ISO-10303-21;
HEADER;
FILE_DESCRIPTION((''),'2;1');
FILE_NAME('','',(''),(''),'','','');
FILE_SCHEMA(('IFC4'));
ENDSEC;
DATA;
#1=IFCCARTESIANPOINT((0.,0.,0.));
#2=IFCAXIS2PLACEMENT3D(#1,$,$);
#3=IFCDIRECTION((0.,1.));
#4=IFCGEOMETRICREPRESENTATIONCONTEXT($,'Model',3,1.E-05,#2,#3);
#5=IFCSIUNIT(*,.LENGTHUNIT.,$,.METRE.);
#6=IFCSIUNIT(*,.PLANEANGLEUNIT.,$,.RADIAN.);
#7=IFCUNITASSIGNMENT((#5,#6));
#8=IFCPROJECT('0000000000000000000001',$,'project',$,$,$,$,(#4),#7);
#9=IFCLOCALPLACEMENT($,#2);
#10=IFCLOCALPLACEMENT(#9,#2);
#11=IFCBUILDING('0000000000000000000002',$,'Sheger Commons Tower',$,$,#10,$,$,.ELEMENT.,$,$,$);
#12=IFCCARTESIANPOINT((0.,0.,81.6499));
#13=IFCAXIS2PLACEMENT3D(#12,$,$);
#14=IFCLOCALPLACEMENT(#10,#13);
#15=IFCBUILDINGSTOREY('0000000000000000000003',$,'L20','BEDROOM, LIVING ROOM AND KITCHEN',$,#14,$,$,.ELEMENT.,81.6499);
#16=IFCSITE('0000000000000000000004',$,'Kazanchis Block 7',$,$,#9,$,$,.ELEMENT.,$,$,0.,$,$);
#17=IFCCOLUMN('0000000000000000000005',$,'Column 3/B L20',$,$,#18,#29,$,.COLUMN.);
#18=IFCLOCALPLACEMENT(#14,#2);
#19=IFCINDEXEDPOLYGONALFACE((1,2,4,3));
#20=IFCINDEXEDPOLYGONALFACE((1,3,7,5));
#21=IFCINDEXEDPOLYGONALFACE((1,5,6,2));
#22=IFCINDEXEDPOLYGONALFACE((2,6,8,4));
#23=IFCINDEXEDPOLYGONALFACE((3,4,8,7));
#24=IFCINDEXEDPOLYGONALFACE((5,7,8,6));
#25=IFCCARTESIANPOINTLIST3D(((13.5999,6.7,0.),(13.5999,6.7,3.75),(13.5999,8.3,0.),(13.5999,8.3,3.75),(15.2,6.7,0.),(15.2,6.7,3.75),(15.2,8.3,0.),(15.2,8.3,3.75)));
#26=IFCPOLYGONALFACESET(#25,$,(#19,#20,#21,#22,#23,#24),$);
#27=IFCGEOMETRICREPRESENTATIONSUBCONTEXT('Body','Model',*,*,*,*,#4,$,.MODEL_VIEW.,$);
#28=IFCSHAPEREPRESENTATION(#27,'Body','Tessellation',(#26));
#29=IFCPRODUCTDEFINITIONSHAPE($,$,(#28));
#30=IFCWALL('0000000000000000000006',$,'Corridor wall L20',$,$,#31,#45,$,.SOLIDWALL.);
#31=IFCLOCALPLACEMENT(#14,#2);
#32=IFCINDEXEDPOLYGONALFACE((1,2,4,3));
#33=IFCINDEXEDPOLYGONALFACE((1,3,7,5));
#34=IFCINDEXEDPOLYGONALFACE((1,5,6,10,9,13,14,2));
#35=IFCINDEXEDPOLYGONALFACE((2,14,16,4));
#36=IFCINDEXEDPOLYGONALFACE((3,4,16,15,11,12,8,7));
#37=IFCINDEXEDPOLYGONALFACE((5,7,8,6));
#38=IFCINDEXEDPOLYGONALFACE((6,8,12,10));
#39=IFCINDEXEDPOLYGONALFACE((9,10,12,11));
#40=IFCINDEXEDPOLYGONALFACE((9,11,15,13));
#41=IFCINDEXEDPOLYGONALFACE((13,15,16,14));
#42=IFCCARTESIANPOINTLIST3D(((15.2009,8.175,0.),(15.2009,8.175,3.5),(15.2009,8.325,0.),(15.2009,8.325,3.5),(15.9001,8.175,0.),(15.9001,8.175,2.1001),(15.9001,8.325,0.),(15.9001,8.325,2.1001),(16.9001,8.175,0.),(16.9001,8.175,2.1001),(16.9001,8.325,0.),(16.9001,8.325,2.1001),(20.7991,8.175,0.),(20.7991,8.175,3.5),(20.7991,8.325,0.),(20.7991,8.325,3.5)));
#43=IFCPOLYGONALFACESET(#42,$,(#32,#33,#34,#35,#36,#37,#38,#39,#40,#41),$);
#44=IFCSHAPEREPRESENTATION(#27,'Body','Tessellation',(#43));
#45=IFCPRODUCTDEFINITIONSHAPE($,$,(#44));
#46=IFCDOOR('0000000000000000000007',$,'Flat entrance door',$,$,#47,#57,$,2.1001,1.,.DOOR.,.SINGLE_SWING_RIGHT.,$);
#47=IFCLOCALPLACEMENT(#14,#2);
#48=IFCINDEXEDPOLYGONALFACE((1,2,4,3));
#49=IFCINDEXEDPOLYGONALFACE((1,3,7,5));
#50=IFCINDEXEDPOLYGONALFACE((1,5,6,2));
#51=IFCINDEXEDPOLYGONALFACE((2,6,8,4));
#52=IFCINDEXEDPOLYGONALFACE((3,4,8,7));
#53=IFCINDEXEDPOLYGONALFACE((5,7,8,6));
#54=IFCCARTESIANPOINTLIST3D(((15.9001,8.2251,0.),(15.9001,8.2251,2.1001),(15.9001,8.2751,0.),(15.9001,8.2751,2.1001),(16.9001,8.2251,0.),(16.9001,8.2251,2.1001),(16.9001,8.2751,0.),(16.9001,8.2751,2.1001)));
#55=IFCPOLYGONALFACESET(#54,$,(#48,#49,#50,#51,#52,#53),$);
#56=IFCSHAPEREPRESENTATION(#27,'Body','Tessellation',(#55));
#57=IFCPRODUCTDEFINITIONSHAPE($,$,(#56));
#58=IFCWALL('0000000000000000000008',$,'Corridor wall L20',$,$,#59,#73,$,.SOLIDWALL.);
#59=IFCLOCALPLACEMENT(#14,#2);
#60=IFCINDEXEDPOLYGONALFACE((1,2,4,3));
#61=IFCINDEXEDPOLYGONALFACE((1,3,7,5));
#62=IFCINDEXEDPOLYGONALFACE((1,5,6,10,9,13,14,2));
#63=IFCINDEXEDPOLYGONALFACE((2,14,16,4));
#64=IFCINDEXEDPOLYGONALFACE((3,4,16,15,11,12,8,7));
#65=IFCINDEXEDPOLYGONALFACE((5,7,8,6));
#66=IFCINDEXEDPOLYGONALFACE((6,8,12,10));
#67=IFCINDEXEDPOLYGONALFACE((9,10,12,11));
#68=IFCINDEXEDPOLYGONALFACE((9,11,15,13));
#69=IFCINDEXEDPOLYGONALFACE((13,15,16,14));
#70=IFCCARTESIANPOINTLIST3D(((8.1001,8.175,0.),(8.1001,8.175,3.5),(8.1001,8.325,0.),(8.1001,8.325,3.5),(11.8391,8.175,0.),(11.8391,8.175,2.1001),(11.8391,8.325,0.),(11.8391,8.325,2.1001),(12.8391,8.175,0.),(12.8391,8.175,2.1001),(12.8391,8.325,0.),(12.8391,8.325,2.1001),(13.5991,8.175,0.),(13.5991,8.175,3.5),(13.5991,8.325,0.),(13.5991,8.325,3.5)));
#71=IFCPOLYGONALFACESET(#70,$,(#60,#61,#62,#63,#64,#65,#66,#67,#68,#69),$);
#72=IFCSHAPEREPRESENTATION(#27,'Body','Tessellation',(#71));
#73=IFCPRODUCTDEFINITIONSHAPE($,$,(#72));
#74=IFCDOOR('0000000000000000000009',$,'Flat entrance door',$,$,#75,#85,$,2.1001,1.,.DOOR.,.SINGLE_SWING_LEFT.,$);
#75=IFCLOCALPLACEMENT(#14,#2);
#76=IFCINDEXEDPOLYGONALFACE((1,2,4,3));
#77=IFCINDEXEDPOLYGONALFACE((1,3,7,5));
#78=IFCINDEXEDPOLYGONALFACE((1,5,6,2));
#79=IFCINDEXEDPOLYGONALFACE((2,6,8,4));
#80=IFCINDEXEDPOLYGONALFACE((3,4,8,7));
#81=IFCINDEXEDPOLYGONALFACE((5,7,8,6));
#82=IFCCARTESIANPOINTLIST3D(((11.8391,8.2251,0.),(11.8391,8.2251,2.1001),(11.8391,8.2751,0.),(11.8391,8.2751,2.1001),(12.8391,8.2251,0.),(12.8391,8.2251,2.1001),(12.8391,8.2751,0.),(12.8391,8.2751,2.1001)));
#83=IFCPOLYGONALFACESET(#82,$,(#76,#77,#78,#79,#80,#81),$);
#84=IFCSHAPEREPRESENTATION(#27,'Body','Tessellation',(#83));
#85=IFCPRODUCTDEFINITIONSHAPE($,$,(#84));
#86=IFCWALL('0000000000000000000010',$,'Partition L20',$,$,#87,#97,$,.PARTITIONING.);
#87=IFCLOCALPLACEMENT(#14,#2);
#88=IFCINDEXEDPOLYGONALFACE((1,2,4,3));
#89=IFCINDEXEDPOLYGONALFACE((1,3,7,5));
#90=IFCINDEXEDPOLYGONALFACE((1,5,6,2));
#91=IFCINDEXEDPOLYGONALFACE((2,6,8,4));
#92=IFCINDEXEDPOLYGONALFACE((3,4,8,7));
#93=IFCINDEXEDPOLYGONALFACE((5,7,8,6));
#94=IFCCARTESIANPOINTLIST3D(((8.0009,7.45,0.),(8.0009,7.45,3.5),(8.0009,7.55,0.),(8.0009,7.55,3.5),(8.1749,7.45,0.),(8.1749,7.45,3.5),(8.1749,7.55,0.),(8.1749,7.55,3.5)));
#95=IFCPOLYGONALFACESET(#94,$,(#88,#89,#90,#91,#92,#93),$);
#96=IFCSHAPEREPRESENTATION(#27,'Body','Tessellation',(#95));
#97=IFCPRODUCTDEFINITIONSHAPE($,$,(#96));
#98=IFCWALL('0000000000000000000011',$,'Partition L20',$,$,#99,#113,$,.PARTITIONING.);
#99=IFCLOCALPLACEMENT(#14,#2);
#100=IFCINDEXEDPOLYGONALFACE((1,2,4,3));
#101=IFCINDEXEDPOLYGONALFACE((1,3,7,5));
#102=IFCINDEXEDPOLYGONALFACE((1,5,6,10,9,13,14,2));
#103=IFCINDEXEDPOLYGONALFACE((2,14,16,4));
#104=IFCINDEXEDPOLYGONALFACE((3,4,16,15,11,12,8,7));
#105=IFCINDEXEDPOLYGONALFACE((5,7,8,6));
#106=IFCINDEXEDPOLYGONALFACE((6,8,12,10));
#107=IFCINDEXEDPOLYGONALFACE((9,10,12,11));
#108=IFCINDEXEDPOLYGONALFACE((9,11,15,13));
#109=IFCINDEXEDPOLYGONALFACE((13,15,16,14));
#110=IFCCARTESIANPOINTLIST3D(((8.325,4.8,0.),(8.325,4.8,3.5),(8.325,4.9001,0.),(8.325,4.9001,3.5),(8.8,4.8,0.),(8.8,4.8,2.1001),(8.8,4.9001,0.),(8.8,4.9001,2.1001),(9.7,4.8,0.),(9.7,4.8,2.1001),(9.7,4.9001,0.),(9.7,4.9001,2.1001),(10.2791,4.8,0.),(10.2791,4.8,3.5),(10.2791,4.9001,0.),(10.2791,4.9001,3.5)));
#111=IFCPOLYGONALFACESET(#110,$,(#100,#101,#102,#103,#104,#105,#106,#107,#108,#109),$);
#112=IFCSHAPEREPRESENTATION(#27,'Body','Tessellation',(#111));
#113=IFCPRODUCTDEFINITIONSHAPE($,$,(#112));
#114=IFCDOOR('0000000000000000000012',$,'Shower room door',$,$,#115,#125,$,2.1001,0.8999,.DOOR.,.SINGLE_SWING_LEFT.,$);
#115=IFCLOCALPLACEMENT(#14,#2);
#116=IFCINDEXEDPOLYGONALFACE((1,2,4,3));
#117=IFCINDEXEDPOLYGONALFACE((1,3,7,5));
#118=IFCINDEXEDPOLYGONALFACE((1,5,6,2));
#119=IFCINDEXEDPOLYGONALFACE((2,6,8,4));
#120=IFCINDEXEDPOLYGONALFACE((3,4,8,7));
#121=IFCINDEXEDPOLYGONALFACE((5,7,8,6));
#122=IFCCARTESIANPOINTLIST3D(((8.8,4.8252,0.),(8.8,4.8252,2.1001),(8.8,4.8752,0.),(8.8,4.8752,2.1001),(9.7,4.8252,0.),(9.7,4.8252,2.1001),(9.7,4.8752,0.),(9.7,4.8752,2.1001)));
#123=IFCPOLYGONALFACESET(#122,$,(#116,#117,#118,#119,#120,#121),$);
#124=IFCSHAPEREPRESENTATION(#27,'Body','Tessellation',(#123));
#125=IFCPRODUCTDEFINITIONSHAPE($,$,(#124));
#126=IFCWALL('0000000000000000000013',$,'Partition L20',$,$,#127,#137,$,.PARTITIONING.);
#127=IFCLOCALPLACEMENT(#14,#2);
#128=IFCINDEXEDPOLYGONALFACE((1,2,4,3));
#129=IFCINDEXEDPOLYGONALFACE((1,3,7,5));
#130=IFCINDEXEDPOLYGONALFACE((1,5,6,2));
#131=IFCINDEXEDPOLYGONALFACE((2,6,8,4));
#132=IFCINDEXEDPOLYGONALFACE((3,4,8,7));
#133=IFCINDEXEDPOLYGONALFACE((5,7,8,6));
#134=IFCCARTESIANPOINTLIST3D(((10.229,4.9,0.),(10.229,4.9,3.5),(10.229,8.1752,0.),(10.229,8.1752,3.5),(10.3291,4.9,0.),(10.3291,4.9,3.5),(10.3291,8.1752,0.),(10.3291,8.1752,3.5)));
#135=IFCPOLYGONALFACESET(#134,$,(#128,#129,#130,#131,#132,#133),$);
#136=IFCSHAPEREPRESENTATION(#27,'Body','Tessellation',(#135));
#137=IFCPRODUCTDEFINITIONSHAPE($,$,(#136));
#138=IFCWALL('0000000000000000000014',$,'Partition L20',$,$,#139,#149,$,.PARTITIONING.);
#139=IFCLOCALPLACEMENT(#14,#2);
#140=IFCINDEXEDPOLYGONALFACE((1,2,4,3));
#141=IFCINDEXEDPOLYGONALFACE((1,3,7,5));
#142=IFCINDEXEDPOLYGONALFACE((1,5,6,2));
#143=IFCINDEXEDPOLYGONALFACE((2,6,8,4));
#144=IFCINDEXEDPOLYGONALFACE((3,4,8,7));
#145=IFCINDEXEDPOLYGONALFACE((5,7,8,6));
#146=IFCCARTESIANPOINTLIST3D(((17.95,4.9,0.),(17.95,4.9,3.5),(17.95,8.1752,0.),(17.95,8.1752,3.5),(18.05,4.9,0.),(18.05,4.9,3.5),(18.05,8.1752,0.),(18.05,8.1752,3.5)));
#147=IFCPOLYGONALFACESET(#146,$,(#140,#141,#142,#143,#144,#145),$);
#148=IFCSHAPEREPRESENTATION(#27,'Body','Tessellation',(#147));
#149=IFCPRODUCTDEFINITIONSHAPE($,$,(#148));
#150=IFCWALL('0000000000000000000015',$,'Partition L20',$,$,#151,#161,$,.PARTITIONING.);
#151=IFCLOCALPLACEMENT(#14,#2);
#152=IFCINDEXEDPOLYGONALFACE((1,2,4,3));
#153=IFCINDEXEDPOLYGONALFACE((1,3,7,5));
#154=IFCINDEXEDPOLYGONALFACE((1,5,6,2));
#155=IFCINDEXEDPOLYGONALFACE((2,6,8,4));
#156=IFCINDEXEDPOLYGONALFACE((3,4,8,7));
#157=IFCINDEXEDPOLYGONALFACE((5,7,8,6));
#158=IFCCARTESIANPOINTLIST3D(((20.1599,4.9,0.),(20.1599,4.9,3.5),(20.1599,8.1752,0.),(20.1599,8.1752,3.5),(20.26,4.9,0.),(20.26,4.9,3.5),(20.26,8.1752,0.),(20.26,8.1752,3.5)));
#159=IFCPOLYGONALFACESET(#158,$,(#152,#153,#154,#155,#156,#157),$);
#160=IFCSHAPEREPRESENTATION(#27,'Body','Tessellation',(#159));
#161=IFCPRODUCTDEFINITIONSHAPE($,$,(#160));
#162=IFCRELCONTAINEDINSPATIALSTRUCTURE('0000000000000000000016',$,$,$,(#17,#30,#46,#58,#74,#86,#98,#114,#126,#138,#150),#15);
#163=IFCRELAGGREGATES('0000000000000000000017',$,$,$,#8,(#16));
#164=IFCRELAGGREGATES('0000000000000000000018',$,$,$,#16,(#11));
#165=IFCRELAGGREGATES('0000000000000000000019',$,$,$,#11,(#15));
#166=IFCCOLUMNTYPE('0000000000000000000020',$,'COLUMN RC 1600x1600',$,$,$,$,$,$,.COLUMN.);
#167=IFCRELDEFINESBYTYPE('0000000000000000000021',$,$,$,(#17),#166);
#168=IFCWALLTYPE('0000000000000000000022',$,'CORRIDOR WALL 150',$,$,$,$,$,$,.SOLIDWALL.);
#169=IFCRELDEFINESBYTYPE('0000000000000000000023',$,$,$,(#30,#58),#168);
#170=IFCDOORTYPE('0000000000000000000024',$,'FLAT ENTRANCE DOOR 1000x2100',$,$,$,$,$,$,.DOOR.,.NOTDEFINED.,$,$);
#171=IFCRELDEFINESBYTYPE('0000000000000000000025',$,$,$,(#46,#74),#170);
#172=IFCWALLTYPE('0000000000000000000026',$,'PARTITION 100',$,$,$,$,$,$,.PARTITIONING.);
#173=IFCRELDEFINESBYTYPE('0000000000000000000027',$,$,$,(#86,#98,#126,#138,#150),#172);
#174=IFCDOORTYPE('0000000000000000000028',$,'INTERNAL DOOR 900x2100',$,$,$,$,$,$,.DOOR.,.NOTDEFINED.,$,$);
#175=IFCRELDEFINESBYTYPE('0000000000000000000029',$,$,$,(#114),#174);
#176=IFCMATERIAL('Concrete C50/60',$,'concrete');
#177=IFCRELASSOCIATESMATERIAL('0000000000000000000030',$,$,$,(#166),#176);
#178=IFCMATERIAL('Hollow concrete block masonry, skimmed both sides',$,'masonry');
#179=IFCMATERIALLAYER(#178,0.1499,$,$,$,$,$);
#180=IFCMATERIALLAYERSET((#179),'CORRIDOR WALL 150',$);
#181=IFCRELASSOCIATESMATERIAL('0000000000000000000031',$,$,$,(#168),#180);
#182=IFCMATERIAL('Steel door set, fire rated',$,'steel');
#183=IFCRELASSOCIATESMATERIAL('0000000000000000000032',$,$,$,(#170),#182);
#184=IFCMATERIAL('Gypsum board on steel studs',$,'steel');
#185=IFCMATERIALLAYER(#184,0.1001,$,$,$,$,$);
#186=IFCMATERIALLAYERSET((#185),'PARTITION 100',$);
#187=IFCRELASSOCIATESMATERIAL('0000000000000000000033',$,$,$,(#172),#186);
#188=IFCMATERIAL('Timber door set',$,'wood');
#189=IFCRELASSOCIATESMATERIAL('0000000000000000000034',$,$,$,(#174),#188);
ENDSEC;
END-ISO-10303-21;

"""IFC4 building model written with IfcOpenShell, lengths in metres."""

from ifc_helpers import new_model, si_unit, direction, frame, frame_2d, origin, origin_2d, place, context, subcontext, project, spatial, rectangle, extrude, material, layer, layer_set, material_profile, profile_set, type_object, element, fill, save


model = new_model("IFC4")

# Units and contexts
model_context = context("Model", 3, precision=1e-05, world=origin(), true_north=direction((0.0, 1.0)))
body_context = subcontext(model_context, "Body", "Model", "MODEL_VIEW")
ifc_project = project(units=[si_unit("LENGTHUNIT", "METRE"), si_unit("PLANEANGLEUNIT", "RADIAN")], contexts=[model_context])

# Site, building, storey
site_placement = place(None, origin())
site = spatial("IfcSite", under=ifc_project, at=site_placement, Name="Kazanchis Block 7", CompositionType="ELEMENT", RefElevation=0.0)
building_placement = place(site_placement, origin())
building = spatial("IfcBuilding", under=site, at=building_placement, Name="Sheger Commons Tower", CompositionType="ELEMENT")
storey_placement = place(building_placement, frame((0.0, 0.0, 81.6499)))
storey = spatial("IfcBuildingStorey", under=building, at=storey_placement, Name="L20", Description="BEDROOM, LIVING ROOM AND KITCHEN", CompositionType="ELEMENT", Elevation=81.6499)

# Column
ifc_material_1 = material(Name="Concrete C50/60", Category="concrete")
ifc_material_profile = material_profile(ifc_material_1, rectangle(XDim=1.6001, YDim=1.6001, at=origin_2d()), Name="RC 1600x1600")
ifc_profile_set = profile_set([ifc_material_profile], Name="Concrete C50/60")
column_type = type_object("IfcColumnType", Name="COLUMN RC 1600x1600", PredefinedType="COLUMN", material=ifc_profile_set)
column_placement = place(storey_placement, frame((14.3999, 7.5, 0.0), z_axis=(0.0, 0.0, 1.0), x_axis=(1.0, 0.0, 0.0)))
element("IfcColumn", 1, at=column_placement, inside=storey, type_object=column_type, Name="Column 3/B L20", PredefinedType="COLUMN", context=body_context, shape_type="SweptSolid", body=[
    extrude(rectangle(XDim=1.6001, YDim=1.6001, at=origin_2d()), origin(), (0.0, 0.0, 1.0), 3.75),
])

# Walls, openings, doors
ifc_material_2 = material(Name="Hollow concrete block masonry, skimmed both sides", Category="masonry")
ifc_layer_1 = layer(ifc_material_2, 0.1499)
ifc_layer_set_1 = layer_set([ifc_layer_1], Name="CORRIDOR WALL 150")
wall_type_1 = type_object("IfcWallType", Name="CORRIDOR WALL 150", PredefinedType="SOLIDWALL", material=ifc_layer_set_1)
wall_1_placement = place(storey_placement, frame((20.7991, 8.25, 0.0), z_axis=(0.0, 0.0, 1.0), x_axis=(-1.0, 0.0, 0.0)))
wall_1 = element("IfcWall", 2, at=wall_1_placement, inside=storey, type_object=wall_type_1, Name="Corridor wall L20", PredefinedType="SOLIDWALL", context=body_context, shape_type="SweptSolid", body=[
    extrude(rectangle(XDim=5.5981, YDim=0.1499, at=frame_2d((2.7991, 0.0))), origin(), (0.0, 0.0, 1.0), 3.5),
])
opening_1_placement = place(wall_1_placement, frame((3.8989, 0.0, 0.0)))
opening_1 = element("IfcOpeningElement", 3, at=opening_1_placement, cuts=wall_1, PredefinedType="OPENING", context=body_context, shape_type="SweptSolid", body=[
    extrude(rectangle(XDim=1.0, YDim=2.1001, at=frame_2d((0.5, 1.05))), frame((0.0, 0.085, 0.0), z_axis=(0.0, -1.0, 0.0), x_axis=(1.0, 0.0, 0.0)), (0.0, 0.0, 1.0), 0.1699),
])
ifc_material_3 = material(Name="Steel door set, fire rated", Category="steel")
door_type_1 = type_object("IfcDoorType", Name="FLAT ENTRANCE DOOR 1000x2100", OperationType="NOTDEFINED", PredefinedType="DOOR", material=ifc_material_3)
door_1_placement = place(opening_1_placement, origin())
door_1 = element("IfcDoor", 4, at=door_1_placement, inside=storey, type_object=door_type_1, Name="Flat entrance door", OperationType="SINGLE_SWING_RIGHT", OverallHeight=2.1001, OverallWidth=1.0, PredefinedType="DOOR", context=body_context, shape_type="SweptSolid", body=[
    extrude(rectangle(XDim=1.0, YDim=2.1001, at=frame_2d((0.5, 1.05))), frame((0.0, 0.0249, 0.0), z_axis=(0.0, -1.0, 0.0), x_axis=(1.0, 0.0, 0.0)), (0.0, 0.0, 1.0), 0.05),
])
fill(opening_1, door_1)
wall_2_placement = place(storey_placement, frame((13.5991, 8.25, 0.0), z_axis=(0.0, 0.0, 1.0), x_axis=(-1.0, 0.0, 0.0)))
wall_2 = element("IfcWall", 5, at=wall_2_placement, inside=storey, type_object=wall_type_1, Name="Corridor wall L20", PredefinedType="SOLIDWALL", context=body_context, shape_type="SweptSolid", body=[
    extrude(rectangle(XDim=5.499, YDim=0.1499, at=frame_2d((2.7495, 0.0))), origin(), (0.0, 0.0, 1.0), 3.5),
])
opening_2_placement = place(wall_2_placement, frame((0.76, 0.0, 0.0)))
opening_2 = element("IfcOpeningElement", 6, at=opening_2_placement, cuts=wall_2, PredefinedType="OPENING", context=body_context, shape_type="SweptSolid", body=[
    extrude(rectangle(XDim=1.0, YDim=2.1001, at=frame_2d((0.5, 1.05))), frame((0.0, 0.085, 0.0), z_axis=(0.0, -1.0, 0.0), x_axis=(1.0, 0.0, 0.0)), (0.0, 0.0, 1.0), 0.1699),
])
door_2_placement = place(opening_2_placement, origin())
door_2 = element("IfcDoor", 7, at=door_2_placement, inside=storey, type_object=door_type_1, Name="Flat entrance door", OperationType="SINGLE_SWING_LEFT", OverallHeight=2.1001, OverallWidth=1.0, PredefinedType="DOOR", context=body_context, shape_type="SweptSolid", body=[
    extrude(rectangle(XDim=1.0, YDim=2.1001, at=frame_2d((0.5, 1.05))), frame((0.0, 0.0249, 0.0), z_axis=(0.0, -1.0, 0.0), x_axis=(1.0, 0.0, 0.0)), (0.0, 0.0, 1.0), 0.05),
])
fill(opening_2, door_2)

# Wall
ifc_material_4 = material(Name="Gypsum board on steel studs", Category="steel")
ifc_layer_2 = layer(ifc_material_4, 0.1001)
ifc_layer_set_2 = layer_set([ifc_layer_2], Name="PARTITION 100")
wall_type_2 = type_object("IfcWallType", Name="PARTITION 100", PredefinedType="PARTITIONING", material=ifc_layer_set_2)
wall_3_placement = place(storey_placement, frame((8.001, 7.5, 0.0), z_axis=(0.0, 0.0, 1.0), x_axis=(1.0, 0.0, 0.0)))
element("IfcWall", 8, at=wall_3_placement, inside=storey, type_object=wall_type_2, Name="Partition L20", PredefinedType="PARTITIONING", context=body_context, shape_type="SweptSolid", body=[
    extrude(rectangle(XDim=0.1741, YDim=0.1001, at=frame_2d((0.0869, 0.0))), origin(), (0.0, 0.0, 1.0), 3.5),
])

# Wall, opening, door
wall_4_placement = place(storey_placement, frame((10.2791, 4.8501, 0.0), z_axis=(0.0, 0.0, 1.0), x_axis=(-1.0, 0.0, 0.0)))
wall_4 = element("IfcWall", 9, at=wall_4_placement, inside=storey, type_object=wall_type_2, Name="Partition L20", PredefinedType="PARTITIONING", context=body_context, shape_type="SweptSolid", body=[
    extrude(rectangle(XDim=1.9541, YDim=0.1001, at=frame_2d((0.9771, 0.0))), origin(), (0.0, 0.0, 1.0), 3.5),
])
opening_3_placement = place(wall_4_placement, frame((0.5791, 0.0, 0.0)))
opening_3 = element("IfcOpeningElement", 10, at=opening_3_placement, cuts=wall_4, PredefinedType="OPENING", context=body_context, shape_type="SweptSolid", body=[
    extrude(rectangle(XDim=0.8999, YDim=2.1001, at=frame_2d((0.45, 1.05))), frame((0.0, 0.0601, 0.0), z_axis=(0.0, -1.0, 0.0), x_axis=(1.0, 0.0, 0.0)), (0.0, 0.0, 1.0), 0.1201),
])
ifc_material_5 = material(Name="Timber door set", Category="wood")
door_type_2 = type_object("IfcDoorType", Name="INTERNAL DOOR 900x2100", OperationType="NOTDEFINED", PredefinedType="DOOR", material=ifc_material_5)
door_3_placement = place(opening_3_placement, origin())
door_3 = element("IfcDoor", 11, at=door_3_placement, inside=storey, type_object=door_type_2, Name="Shower room door", OperationType="SINGLE_SWING_LEFT", OverallHeight=2.1001, OverallWidth=0.8999, PredefinedType="DOOR", context=body_context, shape_type="SweptSolid", body=[
    extrude(rectangle(XDim=0.8999, YDim=2.1001, at=frame_2d((0.45, 1.05))), frame((0.0, 0.0249, 0.0), z_axis=(0.0, -1.0, 0.0), x_axis=(1.0, 0.0, 0.0)), (0.0, 0.0, 1.0), 0.05),
])
fill(opening_3, door_3)

# Walls
for number, where, z_axis, x_axis, name in (
    (12, (10.2791, 4.8999, 0.0), (0.0, 0.0, 1.0), (0.0, 1.0, 0.0), "Partition L20"),
    (13, (18.0, 4.8999, 0.0), (0.0, 0.0, 1.0), (0.0, 1.0, 0.0), "Partition L20"),
    (14, (20.21, 4.8999, 0.0), (0.0, 0.0, 1.0), (0.0, 1.0, 0.0), "Partition L20"),
):
    element("IfcWall", number, at=place(storey_placement, frame(where, z_axis=z_axis, x_axis=x_axis)), inside=storey, type_object=wall_type_2, Name=name, PredefinedType="PARTITIONING", context=body_context, shape_type="SweptSolid", body=[
        extrude(rectangle(XDim=3.2751, YDim=0.1001, at=frame_2d((1.6377, 0.0))), origin(), (0.0, 0.0, 1.0), 3.5),
    ])

save(model, "model.ifc")
